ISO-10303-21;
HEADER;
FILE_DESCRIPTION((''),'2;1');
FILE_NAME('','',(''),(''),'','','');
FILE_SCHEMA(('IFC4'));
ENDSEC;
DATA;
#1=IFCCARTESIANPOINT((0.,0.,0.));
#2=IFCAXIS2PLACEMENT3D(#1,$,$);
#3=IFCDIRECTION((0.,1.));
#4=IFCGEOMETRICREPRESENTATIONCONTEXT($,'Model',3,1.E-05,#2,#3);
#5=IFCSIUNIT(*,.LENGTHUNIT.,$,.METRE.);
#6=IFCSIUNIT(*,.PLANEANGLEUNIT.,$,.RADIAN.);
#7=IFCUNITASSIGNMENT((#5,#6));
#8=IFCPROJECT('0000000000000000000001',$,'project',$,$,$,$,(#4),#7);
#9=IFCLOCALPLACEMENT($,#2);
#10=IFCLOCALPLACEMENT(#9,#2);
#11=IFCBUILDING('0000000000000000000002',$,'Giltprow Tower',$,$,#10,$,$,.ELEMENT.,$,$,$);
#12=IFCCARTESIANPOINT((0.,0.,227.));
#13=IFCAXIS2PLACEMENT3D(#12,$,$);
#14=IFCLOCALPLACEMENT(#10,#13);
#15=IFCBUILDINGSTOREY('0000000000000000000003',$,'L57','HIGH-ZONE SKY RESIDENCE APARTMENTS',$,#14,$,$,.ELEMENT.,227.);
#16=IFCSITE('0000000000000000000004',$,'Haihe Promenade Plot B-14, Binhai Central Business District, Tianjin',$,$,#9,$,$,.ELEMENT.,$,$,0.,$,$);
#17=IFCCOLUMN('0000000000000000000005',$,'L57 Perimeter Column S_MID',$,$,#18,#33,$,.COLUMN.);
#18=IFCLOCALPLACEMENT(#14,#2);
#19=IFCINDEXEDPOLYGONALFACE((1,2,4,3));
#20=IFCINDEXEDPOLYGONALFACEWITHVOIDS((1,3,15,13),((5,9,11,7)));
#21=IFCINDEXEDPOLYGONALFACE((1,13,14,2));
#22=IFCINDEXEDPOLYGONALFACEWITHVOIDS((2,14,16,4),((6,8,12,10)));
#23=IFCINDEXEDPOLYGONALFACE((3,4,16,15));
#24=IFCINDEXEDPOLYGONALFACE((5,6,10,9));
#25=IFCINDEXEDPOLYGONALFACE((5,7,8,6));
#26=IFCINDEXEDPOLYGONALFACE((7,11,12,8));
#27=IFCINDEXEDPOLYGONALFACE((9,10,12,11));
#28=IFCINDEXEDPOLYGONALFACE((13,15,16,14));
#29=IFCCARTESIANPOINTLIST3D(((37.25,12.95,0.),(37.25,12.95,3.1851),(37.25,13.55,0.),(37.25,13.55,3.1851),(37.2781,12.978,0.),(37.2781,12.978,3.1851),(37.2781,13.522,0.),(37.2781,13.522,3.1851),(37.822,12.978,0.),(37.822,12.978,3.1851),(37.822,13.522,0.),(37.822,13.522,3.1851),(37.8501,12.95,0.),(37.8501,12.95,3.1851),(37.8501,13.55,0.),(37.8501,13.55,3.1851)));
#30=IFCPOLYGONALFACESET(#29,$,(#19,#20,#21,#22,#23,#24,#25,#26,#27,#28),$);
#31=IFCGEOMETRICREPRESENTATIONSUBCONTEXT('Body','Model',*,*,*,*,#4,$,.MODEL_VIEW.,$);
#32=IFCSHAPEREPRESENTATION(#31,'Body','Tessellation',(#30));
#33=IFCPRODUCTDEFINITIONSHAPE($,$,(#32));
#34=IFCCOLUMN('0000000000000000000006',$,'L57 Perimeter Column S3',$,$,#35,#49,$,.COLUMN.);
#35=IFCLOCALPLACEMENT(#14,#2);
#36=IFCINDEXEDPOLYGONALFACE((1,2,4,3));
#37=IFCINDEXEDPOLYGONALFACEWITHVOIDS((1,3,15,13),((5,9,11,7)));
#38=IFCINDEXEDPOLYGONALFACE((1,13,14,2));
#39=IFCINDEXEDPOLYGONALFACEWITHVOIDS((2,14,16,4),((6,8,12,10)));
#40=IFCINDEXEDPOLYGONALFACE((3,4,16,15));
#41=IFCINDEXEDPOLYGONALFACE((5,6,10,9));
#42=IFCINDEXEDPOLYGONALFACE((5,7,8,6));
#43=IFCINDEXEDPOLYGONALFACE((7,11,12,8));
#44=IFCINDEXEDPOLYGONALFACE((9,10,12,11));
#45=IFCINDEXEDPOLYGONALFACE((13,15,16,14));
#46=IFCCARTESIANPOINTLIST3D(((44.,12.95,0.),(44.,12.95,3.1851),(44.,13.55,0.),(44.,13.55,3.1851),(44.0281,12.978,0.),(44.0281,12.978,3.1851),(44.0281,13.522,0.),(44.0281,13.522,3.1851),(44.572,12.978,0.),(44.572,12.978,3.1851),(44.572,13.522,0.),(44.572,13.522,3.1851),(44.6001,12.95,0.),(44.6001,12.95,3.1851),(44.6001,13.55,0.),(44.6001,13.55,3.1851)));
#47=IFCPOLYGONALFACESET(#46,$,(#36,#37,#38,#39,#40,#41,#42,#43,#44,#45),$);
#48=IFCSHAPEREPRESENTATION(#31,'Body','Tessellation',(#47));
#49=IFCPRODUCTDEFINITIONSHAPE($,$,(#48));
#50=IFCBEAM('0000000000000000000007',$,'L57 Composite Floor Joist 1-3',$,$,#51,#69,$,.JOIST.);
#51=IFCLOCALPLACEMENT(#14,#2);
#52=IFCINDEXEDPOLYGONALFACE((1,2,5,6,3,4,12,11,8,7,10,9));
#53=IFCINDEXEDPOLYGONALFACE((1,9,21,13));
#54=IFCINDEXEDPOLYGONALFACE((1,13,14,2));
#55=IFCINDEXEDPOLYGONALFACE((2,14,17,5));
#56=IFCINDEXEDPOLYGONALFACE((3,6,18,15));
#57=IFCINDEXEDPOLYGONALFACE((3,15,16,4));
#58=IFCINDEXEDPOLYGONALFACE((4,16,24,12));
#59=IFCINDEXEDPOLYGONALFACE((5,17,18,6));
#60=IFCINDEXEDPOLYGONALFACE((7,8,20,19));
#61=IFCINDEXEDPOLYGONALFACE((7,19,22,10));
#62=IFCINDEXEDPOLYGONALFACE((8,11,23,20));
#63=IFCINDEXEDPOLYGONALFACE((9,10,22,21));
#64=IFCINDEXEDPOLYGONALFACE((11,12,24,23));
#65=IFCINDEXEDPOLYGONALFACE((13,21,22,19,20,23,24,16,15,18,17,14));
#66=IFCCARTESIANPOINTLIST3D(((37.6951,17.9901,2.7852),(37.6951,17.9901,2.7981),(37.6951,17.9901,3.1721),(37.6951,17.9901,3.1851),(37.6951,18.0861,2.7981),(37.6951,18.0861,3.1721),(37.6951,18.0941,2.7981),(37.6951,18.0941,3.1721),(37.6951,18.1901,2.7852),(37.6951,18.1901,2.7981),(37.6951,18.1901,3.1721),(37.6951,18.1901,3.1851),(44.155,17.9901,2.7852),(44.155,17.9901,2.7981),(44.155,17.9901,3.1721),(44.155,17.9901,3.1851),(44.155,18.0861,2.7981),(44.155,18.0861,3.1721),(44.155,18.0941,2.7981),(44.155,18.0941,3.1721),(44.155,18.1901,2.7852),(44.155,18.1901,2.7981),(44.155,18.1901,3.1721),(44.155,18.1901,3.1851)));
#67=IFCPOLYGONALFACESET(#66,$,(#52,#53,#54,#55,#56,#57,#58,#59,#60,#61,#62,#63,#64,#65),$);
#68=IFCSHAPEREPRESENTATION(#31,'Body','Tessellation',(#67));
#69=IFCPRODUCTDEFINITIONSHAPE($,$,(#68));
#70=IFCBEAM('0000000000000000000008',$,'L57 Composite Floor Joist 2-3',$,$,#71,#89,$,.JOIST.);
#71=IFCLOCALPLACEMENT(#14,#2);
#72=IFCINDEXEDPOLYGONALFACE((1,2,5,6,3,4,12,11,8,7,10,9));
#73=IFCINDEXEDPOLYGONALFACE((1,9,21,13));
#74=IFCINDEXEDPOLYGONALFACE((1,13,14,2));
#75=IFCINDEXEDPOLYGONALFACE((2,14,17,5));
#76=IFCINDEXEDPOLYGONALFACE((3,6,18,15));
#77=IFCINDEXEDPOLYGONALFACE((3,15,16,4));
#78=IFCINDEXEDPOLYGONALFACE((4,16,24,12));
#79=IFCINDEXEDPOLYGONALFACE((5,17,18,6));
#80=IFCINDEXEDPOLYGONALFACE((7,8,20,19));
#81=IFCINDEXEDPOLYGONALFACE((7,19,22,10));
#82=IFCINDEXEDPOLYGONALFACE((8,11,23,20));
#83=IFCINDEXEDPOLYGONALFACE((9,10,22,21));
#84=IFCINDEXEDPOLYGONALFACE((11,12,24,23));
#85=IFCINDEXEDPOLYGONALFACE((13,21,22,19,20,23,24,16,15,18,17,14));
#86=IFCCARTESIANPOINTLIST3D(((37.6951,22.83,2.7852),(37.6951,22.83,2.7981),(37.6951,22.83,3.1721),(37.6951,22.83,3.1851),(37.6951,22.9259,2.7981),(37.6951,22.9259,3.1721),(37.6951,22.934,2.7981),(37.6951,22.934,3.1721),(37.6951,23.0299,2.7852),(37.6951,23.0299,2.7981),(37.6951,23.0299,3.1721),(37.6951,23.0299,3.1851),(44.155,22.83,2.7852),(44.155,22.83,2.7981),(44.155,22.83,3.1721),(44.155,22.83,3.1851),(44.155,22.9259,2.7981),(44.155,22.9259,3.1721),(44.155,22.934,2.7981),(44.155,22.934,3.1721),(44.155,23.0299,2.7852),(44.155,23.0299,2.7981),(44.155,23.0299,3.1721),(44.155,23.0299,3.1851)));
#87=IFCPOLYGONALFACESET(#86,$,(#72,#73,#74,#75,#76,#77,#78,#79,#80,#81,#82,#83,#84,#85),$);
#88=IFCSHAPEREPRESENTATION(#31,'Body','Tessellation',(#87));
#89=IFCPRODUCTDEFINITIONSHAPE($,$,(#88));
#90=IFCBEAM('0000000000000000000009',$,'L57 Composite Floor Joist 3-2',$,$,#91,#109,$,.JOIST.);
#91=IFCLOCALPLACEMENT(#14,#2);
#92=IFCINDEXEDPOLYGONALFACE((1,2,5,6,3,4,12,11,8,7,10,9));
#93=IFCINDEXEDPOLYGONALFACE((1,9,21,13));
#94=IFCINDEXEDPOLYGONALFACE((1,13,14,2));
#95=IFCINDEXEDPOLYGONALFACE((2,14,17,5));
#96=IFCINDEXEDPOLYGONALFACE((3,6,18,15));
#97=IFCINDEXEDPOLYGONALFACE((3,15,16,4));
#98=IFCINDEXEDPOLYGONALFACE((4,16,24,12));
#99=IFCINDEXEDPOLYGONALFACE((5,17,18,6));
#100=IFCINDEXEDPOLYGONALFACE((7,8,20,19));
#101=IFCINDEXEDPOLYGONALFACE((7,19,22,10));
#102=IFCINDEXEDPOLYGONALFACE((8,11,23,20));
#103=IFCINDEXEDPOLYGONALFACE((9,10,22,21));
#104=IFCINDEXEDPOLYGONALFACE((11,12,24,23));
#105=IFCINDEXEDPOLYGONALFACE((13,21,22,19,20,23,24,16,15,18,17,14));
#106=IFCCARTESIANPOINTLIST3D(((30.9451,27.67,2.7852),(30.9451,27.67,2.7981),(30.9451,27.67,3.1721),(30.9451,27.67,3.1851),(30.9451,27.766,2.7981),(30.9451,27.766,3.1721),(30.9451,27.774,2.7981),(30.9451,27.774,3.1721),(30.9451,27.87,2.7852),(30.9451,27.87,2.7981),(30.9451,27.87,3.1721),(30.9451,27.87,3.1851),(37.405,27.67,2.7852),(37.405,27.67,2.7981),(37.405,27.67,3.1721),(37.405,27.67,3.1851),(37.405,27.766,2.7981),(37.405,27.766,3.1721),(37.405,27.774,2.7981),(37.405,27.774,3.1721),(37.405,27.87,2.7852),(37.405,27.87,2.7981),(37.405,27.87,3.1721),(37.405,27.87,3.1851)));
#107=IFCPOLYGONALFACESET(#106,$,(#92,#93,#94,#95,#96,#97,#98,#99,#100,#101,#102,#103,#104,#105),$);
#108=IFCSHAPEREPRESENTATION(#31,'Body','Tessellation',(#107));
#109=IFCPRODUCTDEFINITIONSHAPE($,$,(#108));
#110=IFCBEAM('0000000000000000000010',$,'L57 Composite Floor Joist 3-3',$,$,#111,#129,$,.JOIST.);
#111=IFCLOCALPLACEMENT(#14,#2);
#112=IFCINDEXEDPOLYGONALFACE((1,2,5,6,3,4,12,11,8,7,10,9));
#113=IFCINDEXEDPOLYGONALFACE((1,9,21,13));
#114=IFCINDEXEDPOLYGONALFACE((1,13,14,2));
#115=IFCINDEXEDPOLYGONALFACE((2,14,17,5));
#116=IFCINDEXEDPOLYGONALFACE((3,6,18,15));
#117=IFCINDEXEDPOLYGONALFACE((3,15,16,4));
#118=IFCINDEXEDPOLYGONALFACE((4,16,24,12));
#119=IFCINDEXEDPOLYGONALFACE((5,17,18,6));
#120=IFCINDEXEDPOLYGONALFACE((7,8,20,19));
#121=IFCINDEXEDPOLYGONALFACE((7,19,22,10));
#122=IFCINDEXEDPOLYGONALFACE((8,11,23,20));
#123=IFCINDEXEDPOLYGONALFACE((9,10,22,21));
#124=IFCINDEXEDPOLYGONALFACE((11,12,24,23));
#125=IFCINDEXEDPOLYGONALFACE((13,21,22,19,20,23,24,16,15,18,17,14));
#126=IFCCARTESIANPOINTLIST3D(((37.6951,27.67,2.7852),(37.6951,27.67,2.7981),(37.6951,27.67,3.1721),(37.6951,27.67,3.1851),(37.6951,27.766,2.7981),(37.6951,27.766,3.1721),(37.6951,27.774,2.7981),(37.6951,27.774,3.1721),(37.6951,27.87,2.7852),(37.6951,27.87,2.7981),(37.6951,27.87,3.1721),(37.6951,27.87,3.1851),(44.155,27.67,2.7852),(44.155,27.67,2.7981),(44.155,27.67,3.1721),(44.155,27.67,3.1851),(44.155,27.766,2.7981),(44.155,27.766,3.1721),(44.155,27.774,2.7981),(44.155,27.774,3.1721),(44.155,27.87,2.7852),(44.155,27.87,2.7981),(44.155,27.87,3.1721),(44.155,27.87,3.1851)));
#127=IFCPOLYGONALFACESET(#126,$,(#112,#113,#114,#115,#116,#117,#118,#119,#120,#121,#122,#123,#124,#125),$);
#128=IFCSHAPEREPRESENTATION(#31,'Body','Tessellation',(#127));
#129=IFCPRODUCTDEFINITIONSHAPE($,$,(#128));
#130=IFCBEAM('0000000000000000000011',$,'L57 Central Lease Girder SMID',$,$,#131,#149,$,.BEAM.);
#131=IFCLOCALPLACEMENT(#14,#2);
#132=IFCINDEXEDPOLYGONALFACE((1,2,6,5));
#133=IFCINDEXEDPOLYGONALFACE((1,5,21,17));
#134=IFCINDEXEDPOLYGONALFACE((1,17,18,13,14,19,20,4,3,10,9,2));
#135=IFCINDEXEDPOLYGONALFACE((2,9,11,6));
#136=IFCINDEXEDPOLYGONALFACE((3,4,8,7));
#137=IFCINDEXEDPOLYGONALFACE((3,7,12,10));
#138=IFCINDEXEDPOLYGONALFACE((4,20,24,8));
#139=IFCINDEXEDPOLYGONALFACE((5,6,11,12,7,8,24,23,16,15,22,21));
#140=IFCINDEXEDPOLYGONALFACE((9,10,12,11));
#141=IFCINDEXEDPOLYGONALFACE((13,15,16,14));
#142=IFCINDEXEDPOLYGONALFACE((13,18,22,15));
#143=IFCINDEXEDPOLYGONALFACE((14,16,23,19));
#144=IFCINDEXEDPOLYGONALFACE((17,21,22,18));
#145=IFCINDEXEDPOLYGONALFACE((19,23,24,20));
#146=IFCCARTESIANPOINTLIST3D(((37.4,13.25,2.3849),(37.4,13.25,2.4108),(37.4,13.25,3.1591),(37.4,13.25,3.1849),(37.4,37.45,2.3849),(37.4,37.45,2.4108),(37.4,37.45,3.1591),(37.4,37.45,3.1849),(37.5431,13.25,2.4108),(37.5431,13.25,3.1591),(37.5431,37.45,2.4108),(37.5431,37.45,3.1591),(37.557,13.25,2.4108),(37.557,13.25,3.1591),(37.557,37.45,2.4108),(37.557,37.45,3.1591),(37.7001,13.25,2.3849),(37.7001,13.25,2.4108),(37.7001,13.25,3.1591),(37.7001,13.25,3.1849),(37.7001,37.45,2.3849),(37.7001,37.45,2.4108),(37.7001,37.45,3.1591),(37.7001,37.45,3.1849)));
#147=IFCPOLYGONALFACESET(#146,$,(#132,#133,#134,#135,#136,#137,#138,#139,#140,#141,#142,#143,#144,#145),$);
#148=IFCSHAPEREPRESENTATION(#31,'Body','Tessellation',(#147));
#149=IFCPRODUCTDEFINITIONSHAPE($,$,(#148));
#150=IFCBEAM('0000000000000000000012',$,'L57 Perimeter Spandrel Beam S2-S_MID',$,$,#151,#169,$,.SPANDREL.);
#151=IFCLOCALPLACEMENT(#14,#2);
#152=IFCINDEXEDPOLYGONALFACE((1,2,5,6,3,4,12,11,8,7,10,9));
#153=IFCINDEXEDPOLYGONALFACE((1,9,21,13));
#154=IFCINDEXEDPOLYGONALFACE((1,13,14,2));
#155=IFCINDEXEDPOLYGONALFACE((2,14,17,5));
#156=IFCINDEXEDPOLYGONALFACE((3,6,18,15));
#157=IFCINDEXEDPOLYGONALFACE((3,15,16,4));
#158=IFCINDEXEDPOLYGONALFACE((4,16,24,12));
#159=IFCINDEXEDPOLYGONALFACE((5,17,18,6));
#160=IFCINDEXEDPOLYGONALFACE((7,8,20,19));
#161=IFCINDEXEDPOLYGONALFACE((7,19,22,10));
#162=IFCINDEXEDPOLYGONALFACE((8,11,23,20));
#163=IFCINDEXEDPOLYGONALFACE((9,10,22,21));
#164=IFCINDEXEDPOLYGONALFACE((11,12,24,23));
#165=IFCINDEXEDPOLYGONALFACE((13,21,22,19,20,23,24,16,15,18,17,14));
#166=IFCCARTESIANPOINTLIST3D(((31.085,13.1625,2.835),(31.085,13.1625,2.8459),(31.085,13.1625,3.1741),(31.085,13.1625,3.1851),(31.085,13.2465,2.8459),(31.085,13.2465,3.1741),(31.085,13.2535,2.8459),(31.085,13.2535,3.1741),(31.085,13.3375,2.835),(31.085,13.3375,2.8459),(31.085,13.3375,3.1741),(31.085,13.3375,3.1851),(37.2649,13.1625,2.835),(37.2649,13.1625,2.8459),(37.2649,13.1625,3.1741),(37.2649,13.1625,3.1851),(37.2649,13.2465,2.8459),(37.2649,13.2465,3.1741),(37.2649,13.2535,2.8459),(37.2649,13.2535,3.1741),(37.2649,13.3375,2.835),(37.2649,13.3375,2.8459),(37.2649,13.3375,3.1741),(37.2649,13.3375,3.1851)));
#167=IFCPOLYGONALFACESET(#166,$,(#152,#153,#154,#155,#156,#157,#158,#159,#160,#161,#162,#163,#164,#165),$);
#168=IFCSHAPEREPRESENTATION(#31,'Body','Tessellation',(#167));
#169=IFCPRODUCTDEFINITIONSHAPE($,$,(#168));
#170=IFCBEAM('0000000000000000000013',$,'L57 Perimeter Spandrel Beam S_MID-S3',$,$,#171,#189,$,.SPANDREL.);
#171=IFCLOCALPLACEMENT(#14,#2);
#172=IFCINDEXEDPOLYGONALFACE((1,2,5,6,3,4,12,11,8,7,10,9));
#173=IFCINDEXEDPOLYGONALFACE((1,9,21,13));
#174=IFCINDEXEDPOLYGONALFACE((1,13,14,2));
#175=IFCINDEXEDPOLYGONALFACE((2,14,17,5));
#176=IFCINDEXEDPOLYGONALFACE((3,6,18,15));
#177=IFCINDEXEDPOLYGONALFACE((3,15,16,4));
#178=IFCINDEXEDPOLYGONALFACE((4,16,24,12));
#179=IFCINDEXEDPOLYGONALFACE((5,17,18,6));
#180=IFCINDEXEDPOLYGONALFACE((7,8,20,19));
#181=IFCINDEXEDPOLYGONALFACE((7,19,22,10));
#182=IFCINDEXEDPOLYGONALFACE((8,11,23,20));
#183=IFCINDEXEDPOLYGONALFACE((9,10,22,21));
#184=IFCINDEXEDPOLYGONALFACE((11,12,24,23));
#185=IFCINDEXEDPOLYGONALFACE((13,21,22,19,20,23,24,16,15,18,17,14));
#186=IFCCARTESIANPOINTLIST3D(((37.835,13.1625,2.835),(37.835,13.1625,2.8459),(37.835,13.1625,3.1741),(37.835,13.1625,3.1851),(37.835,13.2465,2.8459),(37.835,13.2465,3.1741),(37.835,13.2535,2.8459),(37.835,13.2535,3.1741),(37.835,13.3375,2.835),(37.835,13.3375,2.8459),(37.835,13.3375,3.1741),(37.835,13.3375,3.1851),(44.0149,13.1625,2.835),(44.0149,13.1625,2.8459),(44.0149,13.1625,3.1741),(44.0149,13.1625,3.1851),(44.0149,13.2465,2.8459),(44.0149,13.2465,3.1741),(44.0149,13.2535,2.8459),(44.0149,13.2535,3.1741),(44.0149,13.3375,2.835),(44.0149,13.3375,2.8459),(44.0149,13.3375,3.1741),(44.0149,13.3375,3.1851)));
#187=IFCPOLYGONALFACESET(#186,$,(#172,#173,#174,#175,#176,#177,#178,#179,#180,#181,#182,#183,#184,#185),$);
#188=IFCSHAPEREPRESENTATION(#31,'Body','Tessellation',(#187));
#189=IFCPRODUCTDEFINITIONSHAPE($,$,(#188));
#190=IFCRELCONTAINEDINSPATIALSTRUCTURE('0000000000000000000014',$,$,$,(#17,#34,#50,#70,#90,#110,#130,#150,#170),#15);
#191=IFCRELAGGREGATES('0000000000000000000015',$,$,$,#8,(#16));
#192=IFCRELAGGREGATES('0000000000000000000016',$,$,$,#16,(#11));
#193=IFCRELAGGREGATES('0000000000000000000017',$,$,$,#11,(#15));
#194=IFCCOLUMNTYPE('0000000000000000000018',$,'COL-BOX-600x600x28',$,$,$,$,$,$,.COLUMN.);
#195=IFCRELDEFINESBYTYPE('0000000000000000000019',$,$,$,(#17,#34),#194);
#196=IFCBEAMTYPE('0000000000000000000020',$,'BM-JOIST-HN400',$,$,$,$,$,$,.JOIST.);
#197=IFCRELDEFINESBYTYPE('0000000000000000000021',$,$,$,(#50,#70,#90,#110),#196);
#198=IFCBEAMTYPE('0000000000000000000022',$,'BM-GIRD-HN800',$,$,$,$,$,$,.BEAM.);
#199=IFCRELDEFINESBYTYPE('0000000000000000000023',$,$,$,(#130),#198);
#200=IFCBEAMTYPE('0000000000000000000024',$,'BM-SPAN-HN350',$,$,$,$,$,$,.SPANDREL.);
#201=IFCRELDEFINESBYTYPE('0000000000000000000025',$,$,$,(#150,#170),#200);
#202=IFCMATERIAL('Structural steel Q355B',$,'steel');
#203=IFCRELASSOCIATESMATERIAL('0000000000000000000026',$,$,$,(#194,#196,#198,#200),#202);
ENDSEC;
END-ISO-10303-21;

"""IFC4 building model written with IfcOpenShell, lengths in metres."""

from ifc_helpers import new_model, si_unit, direction, frame, origin, origin_2d, place, context, subcontext, project, spatial, hollow_rectangle, i_section, extrude, source, transform, mapped, material, material_profile, profile_set, type_object, element, save


model = new_model("IFC4")

# Units and contexts
model_context = context("Model", 3, precision=1e-05, world=origin(), true_north=direction((0.0, 1.0)))
body_context = subcontext(model_context, "Body", "Model", "MODEL_VIEW")
ifc_project = project(units=[si_unit("LENGTHUNIT", "METRE"), si_unit("PLANEANGLEUNIT", "RADIAN")], contexts=[model_context])

# Site, building, storey
site_placement = place(None, origin())
site = spatial("IfcSite", under=ifc_project, at=site_placement, Name="Haihe Promenade Plot B-14, Binhai Central Business District, Tianjin", CompositionType="ELEMENT", RefElevation=0.0)
building_placement = place(site_placement, origin())
building = spatial("IfcBuilding", under=site, at=building_placement, Name="Giltprow Tower", CompositionType="ELEMENT")
storey_placement = place(building_placement, frame((0.0, 0.0, 227.0)))
storey = spatial("IfcBuildingStorey", under=building, at=storey_placement, Name="L57", Description="HIGH-ZONE SKY RESIDENCE APARTMENTS", CompositionType="ELEMENT", Elevation=227.0)

# Columns
ifc_material_1 = material(Name="Structural steel Q355B", Category="steel")
ifc_material_profile_1 = material_profile(ifc_material_1, hollow_rectangle(XDim=0.6001, YDim=0.6001, WallThickness=0.0281, at=origin_2d()), Name="BOX 600x600x28")
ifc_profile_set_1 = profile_set([ifc_material_profile_1], Name="Structural steel Q355B")
column_type = type_object("IfcColumnType", Name="COL-BOX-600x600x28", PredefinedType="COLUMN", material=ifc_profile_set_1)
shared_shape_1 = source(origin(), body_context, "Body", "SweptSolid", [
    extrude(hollow_rectangle(XDim=0.6001, YDim=0.6001, WallThickness=0.0281, at=origin_2d()), origin(), (0.0, 0.0, 1.0), 3.1851),
])
for number, where, z_axis, x_axis, name in (
    (1, (37.55, 13.25, 0.0), (0.0, 0.0, 1.0), (1.0, 0.0, 0.0), "L57 Perimeter Column S_MID"),
    (2, (44.3, 13.25, 0.0), (0.0, 0.0, 1.0), (1.0, 0.0, 0.0), "L57 Perimeter Column S3"),
):
    element("IfcColumn", number, at=place(storey_placement, frame(where, z_axis=z_axis, x_axis=x_axis)), inside=storey, type_object=column_type, Name=name, PredefinedType="COLUMN", context=body_context, shape_type="MappedRepresentation", body=[
        mapped(shared_shape_1, transform((0.0, 0.0, 0.0), x_axis=(1.0, 0.0, 0.0), y_axis=(0.0, 1.0, 0.0), z_axis=(0.0, 0.0, 1.0), scale=1.0)),
    ])

# Beams
ifc_material_profile_2 = material_profile(ifc_material_1, i_section(OverallWidth=0.2, OverallDepth=0.3999, WebThickness=0.0081, FlangeThickness=0.0129, at=origin_2d()), Name="HN 400x200x8x13")
ifc_profile_set_2 = profile_set([ifc_material_profile_2], Name="Structural steel Q355B")
beam_type_1 = type_object("IfcBeamType", Name="BM-JOIST-HN400", PredefinedType="JOIST", material=ifc_profile_set_2)
shared_shape_2 = source(origin(), body_context, "Body", "SweptSolid", [
    extrude(i_section(OverallWidth=0.2, OverallDepth=0.3999, WebThickness=0.0081, FlangeThickness=0.0129, at=origin_2d()), origin(), (0.0, 0.0, 1.0), 6.46),
])
for number, where, z_axis, x_axis, name in (
    (3, (37.6951, 18.0901, 2.9851), (1.0, 0.0, 0.0), (0.0, 1.0, 0.0), "L57 Composite Floor Joist 1-3"),
    (4, (37.6951, 22.9299, 2.9851), (1.0, 0.0, 0.0), (0.0, 1.0, 0.0), "L57 Composite Floor Joist 2-3"),
    (5, (30.9451, 27.77, 2.9851), (1.0, 0.0, 0.0), (0.0, 1.0, 0.0), "L57 Composite Floor Joist 3-2"),
    (6, (37.6951, 27.77, 2.9851), (1.0, 0.0, 0.0), (0.0, 1.0, 0.0), "L57 Composite Floor Joist 3-3"),
):
    element("IfcBeam", number, at=place(storey_placement, frame(where, z_axis=z_axis, x_axis=x_axis)), inside=storey, type_object=beam_type_1, Name=name, PredefinedType="JOIST", context=body_context, shape_type="MappedRepresentation", body=[
        mapped(shared_shape_2, transform((0.0, 0.0, 0.0), x_axis=(1.0, 0.0, 0.0), y_axis=(0.0, 1.0, 0.0), z_axis=(0.0, 0.0, 1.0), scale=1.0)),
    ])
ifc_material_profile_3 = material_profile(ifc_material_1, i_section(OverallWidth=0.3, OverallDepth=0.8, WebThickness=0.0139, FlangeThickness=0.0259, at=origin_2d()), Name="HN 800x300x14x26")
ifc_profile_set_3 = profile_set([ifc_material_profile_3], Name="Structural steel Q355B")
beam_type_2 = type_object("IfcBeamType", Name="BM-GIRD-HN800", PredefinedType="BEAM", material=ifc_profile_set_3)
shared_shape_3 = source(origin(), body_context, "Body", "SweptSolid", [
    extrude(i_section(OverallWidth=0.3, OverallDepth=0.8, WebThickness=0.0139, FlangeThickness=0.0259, at=origin_2d()), origin(), (0.0, 0.0, 1.0), 24.2),
])
beam_placement = place(storey_placement, frame((37.55, 13.25, 2.7849), z_axis=(0.0, 1.0, 0.0), x_axis=(-1.0, 0.0, 0.0)))
element("IfcBeam", 7, at=beam_placement, inside=storey, type_object=beam_type_2, Name="L57 Central Lease Girder SMID", PredefinedType="BEAM", context=body_context, shape_type="MappedRepresentation", body=[
    mapped(shared_shape_3, transform((0.0, 0.0, 0.0), x_axis=(1.0, 0.0, 0.0), y_axis=(0.0, 1.0, 0.0), z_axis=(0.0, 0.0, 1.0), scale=1.0)),
])
ifc_material_profile_4 = material_profile(ifc_material_1, i_section(OverallWidth=0.175, OverallDepth=0.3501, WebThickness=0.0071, FlangeThickness=0.011, at=origin_2d()), Name="HN 350x175x7x11")
ifc_profile_set_4 = profile_set([ifc_material_profile_4], Name="Structural steel Q355B")
beam_type_3 = type_object("IfcBeamType", Name="BM-SPAN-HN350", PredefinedType="SPANDREL", material=ifc_profile_set_4)
shared_shape_4 = source(origin(), body_context, "Body", "SweptSolid", [
    extrude(i_section(OverallWidth=0.175, OverallDepth=0.3501, WebThickness=0.0071, FlangeThickness=0.011, at=origin_2d()), origin(), (0.0, 0.0, 1.0), 6.1799),
])
for number, where, z_axis, x_axis, name in (
    (8, (31.085, 13.25, 3.01), (1.0, 0.0, 0.0), (0.0, 1.0, 0.0), "L57 Perimeter Spandrel Beam S2-S_MID"),
    (9, (37.835, 13.25, 3.01), (1.0, 0.0, 0.0), (0.0, 1.0, 0.0), "L57 Perimeter Spandrel Beam S_MID-S3"),
):
    element("IfcBeam", number, at=place(storey_placement, frame(where, z_axis=z_axis, x_axis=x_axis)), inside=storey, type_object=beam_type_3, Name=name, PredefinedType="SPANDREL", context=body_context, shape_type="MappedRepresentation", body=[
        mapped(shared_shape_4, transform((0.0, 0.0, 0.0), x_axis=(1.0, 0.0, 0.0), y_axis=(0.0, 1.0, 0.0), z_axis=(0.0, 0.0, 1.0), scale=1.0)),
    ])

save(model, "model.ifc")
